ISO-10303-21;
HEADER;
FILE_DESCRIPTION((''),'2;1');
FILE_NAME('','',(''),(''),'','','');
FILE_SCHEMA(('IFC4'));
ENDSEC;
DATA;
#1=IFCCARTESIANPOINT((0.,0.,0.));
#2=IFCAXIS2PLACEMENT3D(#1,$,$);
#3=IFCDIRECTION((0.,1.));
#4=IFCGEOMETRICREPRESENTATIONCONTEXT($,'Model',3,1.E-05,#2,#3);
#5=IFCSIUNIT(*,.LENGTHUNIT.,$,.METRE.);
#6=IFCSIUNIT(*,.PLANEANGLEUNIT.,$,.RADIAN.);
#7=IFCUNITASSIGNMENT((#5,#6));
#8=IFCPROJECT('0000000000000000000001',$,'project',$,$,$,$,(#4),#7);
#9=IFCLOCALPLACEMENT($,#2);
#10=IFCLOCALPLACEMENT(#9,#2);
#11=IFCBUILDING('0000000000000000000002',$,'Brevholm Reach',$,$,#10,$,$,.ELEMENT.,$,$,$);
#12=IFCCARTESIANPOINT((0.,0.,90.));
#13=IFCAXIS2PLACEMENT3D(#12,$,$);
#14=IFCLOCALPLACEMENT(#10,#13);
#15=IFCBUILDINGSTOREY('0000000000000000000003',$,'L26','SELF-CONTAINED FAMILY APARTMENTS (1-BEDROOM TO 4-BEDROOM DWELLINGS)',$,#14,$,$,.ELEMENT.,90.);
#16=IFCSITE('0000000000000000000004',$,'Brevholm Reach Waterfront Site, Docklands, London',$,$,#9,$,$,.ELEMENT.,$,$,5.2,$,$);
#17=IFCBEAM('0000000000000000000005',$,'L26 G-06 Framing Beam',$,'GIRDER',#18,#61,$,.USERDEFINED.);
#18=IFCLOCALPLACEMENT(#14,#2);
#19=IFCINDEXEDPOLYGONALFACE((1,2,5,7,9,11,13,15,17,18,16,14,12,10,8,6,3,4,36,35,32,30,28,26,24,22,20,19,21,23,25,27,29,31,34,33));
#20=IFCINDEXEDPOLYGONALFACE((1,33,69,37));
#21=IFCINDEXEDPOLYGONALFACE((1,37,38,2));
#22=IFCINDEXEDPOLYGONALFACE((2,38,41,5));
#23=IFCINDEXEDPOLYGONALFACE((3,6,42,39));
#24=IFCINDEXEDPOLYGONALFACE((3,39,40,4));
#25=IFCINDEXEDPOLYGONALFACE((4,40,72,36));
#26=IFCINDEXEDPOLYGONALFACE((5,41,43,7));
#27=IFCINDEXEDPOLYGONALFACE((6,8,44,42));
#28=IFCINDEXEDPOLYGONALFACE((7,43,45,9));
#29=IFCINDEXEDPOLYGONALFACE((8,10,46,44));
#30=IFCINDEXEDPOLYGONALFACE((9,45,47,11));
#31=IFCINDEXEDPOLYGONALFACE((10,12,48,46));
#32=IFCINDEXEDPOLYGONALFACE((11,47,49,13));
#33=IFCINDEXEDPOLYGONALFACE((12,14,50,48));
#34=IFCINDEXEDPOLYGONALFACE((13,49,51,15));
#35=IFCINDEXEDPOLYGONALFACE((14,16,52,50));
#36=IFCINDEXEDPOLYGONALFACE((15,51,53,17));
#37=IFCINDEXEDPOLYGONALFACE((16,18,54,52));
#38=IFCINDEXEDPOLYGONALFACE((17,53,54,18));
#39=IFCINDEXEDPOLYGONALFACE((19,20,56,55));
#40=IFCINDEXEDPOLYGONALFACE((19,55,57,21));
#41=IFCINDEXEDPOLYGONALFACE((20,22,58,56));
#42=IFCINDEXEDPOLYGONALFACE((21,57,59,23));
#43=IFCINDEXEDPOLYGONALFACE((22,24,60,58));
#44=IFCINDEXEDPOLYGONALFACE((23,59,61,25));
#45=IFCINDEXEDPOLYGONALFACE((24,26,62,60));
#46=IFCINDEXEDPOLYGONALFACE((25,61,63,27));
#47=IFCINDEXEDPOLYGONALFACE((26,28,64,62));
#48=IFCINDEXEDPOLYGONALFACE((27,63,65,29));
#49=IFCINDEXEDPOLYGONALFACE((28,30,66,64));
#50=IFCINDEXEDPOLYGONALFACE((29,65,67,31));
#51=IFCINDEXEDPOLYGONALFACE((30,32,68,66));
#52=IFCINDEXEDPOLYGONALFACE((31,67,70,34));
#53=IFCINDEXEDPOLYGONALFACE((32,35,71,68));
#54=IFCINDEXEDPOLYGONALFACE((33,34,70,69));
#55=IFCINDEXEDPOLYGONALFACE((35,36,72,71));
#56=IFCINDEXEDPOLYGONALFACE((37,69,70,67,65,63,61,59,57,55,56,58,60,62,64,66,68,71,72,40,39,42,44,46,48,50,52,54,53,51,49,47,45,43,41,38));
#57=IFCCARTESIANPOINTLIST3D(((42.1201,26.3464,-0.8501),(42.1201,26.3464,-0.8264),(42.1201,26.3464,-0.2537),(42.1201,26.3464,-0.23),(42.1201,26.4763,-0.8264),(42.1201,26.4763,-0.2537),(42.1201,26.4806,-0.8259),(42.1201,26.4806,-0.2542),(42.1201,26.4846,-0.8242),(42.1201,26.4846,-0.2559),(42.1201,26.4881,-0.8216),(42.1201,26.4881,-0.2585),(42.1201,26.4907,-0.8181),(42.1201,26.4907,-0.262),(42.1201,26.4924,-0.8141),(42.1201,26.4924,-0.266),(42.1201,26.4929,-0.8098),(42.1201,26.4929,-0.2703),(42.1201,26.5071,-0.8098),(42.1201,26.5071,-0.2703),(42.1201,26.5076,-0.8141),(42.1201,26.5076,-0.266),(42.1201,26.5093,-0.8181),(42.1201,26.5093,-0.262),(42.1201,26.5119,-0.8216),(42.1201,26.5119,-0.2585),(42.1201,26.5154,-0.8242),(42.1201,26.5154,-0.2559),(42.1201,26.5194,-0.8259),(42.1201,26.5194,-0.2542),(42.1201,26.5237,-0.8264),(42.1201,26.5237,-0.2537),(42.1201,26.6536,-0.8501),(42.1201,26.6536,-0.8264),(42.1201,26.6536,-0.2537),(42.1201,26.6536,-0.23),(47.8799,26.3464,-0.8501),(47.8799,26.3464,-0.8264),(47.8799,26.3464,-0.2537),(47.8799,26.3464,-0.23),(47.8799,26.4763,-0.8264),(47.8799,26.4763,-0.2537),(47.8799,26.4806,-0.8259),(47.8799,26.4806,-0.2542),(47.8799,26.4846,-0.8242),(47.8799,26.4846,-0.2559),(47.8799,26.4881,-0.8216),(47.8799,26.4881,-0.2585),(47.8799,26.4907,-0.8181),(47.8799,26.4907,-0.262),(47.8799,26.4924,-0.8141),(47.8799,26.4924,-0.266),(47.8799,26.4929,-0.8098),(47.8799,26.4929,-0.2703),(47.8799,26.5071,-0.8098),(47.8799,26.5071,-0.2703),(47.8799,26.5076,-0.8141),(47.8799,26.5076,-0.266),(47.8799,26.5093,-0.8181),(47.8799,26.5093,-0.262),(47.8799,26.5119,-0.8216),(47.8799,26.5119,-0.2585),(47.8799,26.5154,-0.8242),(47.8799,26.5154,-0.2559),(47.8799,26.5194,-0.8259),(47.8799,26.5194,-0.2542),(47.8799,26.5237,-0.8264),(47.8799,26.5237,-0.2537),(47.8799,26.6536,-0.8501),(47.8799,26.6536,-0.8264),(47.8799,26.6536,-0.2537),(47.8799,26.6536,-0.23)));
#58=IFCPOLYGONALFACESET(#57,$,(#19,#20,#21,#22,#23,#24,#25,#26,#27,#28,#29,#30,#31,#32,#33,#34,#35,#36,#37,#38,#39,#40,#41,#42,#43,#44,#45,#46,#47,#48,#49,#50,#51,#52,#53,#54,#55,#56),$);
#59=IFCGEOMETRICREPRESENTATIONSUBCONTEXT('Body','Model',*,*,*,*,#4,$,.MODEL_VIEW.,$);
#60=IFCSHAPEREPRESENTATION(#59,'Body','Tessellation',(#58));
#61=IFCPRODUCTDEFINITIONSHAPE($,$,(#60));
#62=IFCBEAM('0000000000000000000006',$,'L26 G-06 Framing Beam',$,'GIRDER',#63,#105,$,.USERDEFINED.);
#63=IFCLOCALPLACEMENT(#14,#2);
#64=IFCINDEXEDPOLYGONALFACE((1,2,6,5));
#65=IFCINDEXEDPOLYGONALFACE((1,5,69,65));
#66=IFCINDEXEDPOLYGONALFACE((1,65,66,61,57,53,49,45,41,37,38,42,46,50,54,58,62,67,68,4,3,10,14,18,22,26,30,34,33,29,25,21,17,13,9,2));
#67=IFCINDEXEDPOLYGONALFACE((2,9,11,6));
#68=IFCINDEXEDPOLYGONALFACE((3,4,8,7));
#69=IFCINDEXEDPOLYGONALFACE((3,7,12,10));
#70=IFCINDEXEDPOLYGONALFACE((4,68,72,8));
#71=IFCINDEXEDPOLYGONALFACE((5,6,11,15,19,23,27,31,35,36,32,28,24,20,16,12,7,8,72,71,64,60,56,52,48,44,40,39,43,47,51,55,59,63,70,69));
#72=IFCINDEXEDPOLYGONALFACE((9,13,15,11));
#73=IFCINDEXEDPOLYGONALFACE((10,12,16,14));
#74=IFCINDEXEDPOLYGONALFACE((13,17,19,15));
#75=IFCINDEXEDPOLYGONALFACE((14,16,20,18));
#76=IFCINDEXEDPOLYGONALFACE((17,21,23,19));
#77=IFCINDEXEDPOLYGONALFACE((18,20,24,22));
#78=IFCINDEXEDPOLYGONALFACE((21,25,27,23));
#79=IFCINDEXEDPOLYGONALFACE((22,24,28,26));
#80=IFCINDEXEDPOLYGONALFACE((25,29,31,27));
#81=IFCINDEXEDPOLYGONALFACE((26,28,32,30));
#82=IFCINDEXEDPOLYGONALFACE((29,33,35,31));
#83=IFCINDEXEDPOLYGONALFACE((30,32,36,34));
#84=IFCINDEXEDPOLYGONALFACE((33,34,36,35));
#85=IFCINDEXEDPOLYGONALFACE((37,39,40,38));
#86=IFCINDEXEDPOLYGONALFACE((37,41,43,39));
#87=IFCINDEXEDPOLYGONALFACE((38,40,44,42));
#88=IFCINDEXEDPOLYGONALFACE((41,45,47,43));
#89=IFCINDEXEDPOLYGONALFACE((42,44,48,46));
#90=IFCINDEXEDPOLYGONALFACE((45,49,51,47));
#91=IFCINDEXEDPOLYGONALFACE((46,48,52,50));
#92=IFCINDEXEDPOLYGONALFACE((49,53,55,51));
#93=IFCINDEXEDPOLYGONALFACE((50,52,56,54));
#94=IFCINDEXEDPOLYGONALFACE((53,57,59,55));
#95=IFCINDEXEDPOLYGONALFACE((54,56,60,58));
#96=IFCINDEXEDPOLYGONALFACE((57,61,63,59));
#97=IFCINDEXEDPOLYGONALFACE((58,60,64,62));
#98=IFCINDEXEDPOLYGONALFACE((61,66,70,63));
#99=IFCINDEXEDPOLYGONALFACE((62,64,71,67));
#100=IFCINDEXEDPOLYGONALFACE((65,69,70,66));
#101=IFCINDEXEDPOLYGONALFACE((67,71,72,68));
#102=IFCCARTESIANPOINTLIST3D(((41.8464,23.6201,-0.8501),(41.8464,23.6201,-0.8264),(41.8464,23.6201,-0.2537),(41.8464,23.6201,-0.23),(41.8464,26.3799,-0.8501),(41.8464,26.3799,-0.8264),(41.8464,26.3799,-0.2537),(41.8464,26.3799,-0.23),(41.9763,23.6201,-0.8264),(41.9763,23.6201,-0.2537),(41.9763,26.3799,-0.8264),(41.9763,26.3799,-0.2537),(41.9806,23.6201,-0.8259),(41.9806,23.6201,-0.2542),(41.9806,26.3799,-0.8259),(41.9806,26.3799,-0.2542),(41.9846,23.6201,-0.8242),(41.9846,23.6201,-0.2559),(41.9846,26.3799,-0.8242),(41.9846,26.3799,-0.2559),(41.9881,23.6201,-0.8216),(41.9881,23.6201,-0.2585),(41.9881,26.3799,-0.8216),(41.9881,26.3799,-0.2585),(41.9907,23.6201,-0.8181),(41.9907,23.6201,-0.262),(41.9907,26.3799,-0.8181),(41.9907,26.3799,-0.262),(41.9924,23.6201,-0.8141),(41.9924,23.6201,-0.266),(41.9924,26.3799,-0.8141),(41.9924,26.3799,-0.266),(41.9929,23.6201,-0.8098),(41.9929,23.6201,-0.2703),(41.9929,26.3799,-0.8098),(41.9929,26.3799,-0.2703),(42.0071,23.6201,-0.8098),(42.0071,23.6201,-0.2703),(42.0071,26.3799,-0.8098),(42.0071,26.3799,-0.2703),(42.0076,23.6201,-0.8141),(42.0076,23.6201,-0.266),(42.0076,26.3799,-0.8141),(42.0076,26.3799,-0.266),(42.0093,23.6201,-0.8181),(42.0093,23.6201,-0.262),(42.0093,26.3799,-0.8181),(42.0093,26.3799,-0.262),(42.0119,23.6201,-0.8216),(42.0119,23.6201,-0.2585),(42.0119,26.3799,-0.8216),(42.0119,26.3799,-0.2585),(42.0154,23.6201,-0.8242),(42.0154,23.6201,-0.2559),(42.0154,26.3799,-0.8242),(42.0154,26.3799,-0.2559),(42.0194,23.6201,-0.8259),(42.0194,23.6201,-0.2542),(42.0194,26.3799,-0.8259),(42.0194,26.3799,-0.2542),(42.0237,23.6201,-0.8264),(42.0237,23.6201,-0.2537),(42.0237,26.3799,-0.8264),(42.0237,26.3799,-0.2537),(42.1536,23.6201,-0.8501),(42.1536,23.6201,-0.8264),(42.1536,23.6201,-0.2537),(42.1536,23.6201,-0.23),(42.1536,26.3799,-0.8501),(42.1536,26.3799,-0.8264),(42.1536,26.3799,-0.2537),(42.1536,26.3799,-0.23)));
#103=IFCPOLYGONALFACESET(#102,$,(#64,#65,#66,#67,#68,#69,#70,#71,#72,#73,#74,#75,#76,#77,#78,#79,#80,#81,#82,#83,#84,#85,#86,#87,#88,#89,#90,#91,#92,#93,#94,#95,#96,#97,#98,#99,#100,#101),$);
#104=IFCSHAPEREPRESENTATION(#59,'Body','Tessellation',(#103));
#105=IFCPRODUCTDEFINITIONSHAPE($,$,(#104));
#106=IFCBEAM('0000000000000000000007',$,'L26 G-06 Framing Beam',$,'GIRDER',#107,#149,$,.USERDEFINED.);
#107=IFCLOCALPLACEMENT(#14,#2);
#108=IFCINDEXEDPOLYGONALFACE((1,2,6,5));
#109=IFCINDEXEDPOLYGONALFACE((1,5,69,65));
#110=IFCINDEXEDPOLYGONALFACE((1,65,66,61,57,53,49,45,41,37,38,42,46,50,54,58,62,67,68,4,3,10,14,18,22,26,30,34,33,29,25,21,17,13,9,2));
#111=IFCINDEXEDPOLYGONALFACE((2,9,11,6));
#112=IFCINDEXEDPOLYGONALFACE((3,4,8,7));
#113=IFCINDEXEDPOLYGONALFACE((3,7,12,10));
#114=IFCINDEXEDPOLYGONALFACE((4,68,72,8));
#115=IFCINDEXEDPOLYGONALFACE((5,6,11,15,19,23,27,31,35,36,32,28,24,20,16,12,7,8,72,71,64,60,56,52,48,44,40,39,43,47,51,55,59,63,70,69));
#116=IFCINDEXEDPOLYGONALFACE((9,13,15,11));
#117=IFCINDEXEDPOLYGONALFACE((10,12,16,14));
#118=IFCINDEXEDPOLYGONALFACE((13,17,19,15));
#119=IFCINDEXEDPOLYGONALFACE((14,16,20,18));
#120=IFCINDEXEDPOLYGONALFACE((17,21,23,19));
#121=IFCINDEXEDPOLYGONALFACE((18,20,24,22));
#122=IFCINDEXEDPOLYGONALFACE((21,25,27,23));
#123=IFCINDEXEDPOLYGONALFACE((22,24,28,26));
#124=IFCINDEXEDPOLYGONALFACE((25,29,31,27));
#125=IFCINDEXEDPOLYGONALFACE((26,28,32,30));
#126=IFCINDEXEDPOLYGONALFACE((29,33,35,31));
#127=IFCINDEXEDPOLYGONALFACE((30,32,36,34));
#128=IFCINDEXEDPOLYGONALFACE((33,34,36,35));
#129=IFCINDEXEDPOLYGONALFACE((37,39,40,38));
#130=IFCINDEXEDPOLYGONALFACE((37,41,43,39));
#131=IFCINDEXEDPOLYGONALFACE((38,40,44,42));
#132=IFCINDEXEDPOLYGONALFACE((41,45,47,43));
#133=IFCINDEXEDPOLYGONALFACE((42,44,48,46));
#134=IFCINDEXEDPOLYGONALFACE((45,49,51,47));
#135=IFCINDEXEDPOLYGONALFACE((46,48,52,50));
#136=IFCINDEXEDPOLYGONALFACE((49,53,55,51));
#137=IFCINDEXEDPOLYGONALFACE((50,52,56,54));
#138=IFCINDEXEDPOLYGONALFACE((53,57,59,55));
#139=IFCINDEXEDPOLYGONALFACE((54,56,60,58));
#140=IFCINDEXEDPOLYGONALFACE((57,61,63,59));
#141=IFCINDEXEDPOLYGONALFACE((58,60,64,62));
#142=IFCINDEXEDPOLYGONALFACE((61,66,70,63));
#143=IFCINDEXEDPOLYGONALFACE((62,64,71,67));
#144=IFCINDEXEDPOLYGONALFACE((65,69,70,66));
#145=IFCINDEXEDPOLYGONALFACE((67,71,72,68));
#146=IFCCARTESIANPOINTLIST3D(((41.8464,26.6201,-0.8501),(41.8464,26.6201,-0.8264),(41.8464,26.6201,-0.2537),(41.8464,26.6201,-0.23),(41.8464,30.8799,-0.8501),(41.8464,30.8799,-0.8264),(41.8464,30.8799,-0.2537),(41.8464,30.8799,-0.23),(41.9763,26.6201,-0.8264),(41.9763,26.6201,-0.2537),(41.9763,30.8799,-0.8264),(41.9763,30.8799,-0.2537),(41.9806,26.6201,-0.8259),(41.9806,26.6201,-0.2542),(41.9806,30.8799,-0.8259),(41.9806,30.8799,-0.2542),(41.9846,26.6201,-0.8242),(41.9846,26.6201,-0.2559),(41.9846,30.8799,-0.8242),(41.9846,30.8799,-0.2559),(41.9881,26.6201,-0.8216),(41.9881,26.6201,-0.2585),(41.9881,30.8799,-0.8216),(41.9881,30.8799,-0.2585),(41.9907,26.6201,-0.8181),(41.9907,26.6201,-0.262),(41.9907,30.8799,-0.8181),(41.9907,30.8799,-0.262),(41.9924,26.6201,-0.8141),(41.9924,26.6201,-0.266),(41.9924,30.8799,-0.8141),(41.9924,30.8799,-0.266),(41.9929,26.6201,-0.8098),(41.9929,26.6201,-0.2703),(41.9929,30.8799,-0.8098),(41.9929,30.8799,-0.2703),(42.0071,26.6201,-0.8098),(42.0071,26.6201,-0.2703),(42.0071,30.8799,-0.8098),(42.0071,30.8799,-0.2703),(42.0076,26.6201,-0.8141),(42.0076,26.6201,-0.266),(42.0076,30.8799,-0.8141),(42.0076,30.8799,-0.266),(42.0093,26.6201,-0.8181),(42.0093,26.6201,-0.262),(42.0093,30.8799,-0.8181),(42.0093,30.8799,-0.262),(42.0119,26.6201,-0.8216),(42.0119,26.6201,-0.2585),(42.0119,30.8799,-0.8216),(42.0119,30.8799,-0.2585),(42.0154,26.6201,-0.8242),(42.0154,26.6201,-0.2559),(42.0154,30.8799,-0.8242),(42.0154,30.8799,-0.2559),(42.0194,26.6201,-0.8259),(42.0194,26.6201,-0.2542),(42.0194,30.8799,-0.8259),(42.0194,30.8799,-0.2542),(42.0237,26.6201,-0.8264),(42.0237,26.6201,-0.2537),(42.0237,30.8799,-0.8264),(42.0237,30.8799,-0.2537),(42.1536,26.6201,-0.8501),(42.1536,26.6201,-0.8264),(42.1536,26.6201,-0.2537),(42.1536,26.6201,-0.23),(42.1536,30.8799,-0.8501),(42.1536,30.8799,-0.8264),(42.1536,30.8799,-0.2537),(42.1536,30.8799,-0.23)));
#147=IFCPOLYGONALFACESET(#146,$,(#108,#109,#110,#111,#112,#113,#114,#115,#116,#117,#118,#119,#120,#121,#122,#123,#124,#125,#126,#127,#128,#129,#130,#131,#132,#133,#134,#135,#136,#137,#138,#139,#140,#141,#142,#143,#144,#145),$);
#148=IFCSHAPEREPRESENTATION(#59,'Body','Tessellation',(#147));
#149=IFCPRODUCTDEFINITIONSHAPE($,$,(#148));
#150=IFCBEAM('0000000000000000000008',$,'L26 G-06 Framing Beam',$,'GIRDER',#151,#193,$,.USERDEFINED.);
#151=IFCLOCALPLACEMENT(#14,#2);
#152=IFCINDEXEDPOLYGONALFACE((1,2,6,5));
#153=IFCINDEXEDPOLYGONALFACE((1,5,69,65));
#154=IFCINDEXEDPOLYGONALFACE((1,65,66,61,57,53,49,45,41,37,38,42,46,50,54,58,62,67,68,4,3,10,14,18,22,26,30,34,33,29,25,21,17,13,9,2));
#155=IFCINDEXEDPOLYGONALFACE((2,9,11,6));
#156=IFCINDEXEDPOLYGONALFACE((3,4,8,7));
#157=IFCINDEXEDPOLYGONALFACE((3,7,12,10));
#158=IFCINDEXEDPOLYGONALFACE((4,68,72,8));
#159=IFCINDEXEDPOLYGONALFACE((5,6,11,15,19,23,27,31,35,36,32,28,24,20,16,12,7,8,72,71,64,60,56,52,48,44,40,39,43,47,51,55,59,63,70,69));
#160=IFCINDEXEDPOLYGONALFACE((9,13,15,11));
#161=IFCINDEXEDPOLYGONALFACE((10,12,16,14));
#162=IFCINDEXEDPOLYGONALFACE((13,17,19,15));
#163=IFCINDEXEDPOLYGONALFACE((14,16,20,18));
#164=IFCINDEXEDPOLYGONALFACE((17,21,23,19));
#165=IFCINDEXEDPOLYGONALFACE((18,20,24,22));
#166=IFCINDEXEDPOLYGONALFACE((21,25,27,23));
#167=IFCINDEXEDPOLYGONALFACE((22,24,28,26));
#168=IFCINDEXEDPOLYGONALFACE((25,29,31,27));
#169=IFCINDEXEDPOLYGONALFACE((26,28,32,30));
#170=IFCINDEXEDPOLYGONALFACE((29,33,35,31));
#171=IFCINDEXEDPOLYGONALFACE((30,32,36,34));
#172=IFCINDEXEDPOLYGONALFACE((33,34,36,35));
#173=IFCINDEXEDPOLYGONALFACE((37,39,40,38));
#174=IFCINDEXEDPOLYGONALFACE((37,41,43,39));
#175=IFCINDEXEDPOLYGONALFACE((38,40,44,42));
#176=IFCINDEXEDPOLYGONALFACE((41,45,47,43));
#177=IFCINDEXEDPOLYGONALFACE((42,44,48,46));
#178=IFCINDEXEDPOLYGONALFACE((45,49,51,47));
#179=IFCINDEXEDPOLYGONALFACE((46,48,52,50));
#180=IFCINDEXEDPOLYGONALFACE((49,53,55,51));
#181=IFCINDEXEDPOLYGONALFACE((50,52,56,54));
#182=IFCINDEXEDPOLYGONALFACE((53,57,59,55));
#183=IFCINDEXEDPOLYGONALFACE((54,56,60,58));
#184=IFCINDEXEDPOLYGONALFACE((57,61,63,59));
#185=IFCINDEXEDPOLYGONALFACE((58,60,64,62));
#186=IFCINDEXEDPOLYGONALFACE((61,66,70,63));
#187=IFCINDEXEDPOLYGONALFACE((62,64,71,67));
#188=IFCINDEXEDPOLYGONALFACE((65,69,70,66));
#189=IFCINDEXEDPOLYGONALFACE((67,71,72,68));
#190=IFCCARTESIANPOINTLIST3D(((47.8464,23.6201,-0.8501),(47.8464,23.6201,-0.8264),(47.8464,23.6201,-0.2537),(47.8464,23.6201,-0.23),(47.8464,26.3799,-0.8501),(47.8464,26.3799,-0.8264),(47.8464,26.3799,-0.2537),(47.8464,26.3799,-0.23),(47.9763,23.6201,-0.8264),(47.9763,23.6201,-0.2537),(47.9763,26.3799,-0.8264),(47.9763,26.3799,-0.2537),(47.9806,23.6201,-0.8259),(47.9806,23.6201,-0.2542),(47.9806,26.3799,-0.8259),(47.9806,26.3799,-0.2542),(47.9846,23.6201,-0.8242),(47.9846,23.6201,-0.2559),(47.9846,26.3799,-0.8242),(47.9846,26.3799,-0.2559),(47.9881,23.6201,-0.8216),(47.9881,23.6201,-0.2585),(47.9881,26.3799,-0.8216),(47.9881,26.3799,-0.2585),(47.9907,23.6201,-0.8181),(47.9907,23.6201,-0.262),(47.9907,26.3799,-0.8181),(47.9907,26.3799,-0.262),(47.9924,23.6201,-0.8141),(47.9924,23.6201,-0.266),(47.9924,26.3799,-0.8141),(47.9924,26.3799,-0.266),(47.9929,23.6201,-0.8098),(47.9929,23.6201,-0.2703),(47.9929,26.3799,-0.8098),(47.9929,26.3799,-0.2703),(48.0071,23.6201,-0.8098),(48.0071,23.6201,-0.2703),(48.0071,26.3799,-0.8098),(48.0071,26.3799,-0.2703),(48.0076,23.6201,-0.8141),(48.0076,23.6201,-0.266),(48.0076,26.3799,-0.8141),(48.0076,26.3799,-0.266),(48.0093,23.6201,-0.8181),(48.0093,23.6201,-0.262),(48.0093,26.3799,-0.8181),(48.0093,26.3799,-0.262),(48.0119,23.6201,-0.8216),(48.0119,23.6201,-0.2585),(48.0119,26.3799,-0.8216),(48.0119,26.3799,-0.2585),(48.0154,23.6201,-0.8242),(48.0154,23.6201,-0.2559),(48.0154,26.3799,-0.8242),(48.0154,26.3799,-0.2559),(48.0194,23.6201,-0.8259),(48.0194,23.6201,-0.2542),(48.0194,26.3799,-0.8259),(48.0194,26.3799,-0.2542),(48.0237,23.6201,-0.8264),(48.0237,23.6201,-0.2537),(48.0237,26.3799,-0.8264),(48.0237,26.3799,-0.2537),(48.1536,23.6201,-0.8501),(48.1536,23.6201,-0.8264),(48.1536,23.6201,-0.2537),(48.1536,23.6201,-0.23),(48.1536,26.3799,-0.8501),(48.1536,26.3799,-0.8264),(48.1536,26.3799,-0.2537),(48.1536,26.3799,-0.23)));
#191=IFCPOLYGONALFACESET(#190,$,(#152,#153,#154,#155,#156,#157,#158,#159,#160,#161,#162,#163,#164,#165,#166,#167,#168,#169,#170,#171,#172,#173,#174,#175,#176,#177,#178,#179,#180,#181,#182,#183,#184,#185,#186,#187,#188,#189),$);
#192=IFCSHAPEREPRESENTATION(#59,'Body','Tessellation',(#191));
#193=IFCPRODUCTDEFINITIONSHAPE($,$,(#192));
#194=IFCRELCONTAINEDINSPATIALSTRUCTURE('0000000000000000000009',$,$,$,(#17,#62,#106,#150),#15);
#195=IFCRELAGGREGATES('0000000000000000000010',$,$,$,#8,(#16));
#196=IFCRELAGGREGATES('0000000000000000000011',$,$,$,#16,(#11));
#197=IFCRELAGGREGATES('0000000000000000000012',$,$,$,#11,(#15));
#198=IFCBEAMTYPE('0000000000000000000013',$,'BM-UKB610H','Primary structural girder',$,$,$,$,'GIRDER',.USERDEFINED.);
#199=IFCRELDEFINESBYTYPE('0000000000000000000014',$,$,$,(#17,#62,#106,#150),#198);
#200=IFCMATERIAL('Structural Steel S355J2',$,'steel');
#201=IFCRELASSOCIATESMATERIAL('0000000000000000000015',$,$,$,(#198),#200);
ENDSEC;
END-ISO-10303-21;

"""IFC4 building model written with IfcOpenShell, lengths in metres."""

from ifc_helpers import new_model, si_unit, direction, frame, origin, origin_2d, place, context, subcontext, project, spatial, i_section, extrude, material, material_profile, profile_set, type_object, element, save


model = new_model("IFC4")

# Units and contexts
model_context = context("Model", 3, precision=1e-05, world=origin(), true_north=direction((0.0, 1.0)))
body_context = subcontext(model_context, "Body", "Model", "MODEL_VIEW")
ifc_project = project(units=[si_unit("LENGTHUNIT", "METRE"), si_unit("PLANEANGLEUNIT", "RADIAN")], contexts=[model_context])

# Site, building, storey
site_placement = place(None, origin())
site = spatial("IfcSite", under=ifc_project, at=site_placement, Name="Brevholm Reach Waterfront Site, Docklands, London", CompositionType="ELEMENT", RefElevation=5.2)
building_placement = place(site_placement, origin())
building = spatial("IfcBuilding", under=site, at=building_placement, Name="Brevholm Reach", CompositionType="ELEMENT")
storey_placement = place(building_placement, frame((0.0, 0.0, 90.0)))
storey = spatial("IfcBuildingStorey", under=building, at=storey_placement, Name="L26", Description="SELF-CONTAINED FAMILY APARTMENTS (1-BEDROOM TO 4-BEDROOM DWELLINGS)", CompositionType="ELEMENT", Elevation=90.0)

# Beams
ifc_material_1 = material(Name="Structural Steel S355J2", Category="steel")
ifc_material_profile_1 = material_profile(ifc_material_1, i_section(OverallWidth=0.3071, OverallDepth=0.6201, WebThickness=0.0142, FlangeThickness=0.0237, FilletRadius=0.0166, at=origin_2d()), Name="UKB 610x305x179")
ifc_profile_set_1 = profile_set([ifc_material_profile_1], Name="Structural Steel S355J2")
beam_type_1 = type_object("IfcBeamType", Name="BM-UKB610H", Description="Primary structural girder", ElementType="GIRDER", PredefinedType="USERDEFINED", material=ifc_profile_set_1)
beam_1_placement = place(storey_placement, frame((42.1201, 26.5, -0.54), z_axis=(1.0, 0.0, 0.0), x_axis=(0.0, 1.0, 0.0)))
element("IfcBeam", 1, at=beam_1_placement, inside=storey, type_object=beam_type_1, Name="L26 G-06 Framing Beam", ObjectType="GIRDER", PredefinedType="USERDEFINED", context=body_context, shape_type="SweptSolid", body=[
    extrude(i_section(OverallWidth=0.3071, OverallDepth=0.6201, WebThickness=0.0142, FlangeThickness=0.0237, FilletRadius=0.0166, at=origin_2d()), origin(), (0.0, 0.0, 1.0), 5.7598),
])
beam_2_placement = place(storey_placement, frame((42.0, 23.6201, -0.54), z_axis=(0.0, 1.0, 0.0), x_axis=(-1.0, 0.0, 0.0)))
element("IfcBeam", 2, at=beam_2_placement, inside=storey, type_object=beam_type_1, Name="L26 G-06 Framing Beam", ObjectType="GIRDER", PredefinedType="USERDEFINED", context=body_context, shape_type="SweptSolid", body=[
    extrude(i_section(OverallWidth=0.3071, OverallDepth=0.6201, WebThickness=0.0142, FlangeThickness=0.0237, FilletRadius=0.0166, at=origin_2d()), origin(), (0.0, 0.0, 1.0), 2.7598),
])
beam_3_placement = place(storey_placement, frame((42.0, 26.6201, -0.54), z_axis=(0.0, 1.0, 0.0), x_axis=(-1.0, 0.0, 0.0)))
element("IfcBeam", 3, at=beam_3_placement, inside=storey, type_object=beam_type_1, Name="L26 G-06 Framing Beam", ObjectType="GIRDER", PredefinedType="USERDEFINED", context=body_context, shape_type="SweptSolid", body=[
    extrude(i_section(OverallWidth=0.3071, OverallDepth=0.6201, WebThickness=0.0142, FlangeThickness=0.0237, FilletRadius=0.0166, at=origin_2d()), origin(), (0.0, 0.0, 1.0), 4.2598),
])
beam_4_placement = place(storey_placement, frame((48.0, 23.6201, -0.54), z_axis=(0.0, 1.0, 0.0), x_axis=(-1.0, 0.0, 0.0)))
element("IfcBeam", 4, at=beam_4_placement, inside=storey, type_object=beam_type_1, Name="L26 G-06 Framing Beam", ObjectType="GIRDER", PredefinedType="USERDEFINED", context=body_context, shape_type="SweptSolid", body=[
    extrude(i_section(OverallWidth=0.3071, OverallDepth=0.6201, WebThickness=0.0142, FlangeThickness=0.0237, FilletRadius=0.0166, at=origin_2d()), origin(), (0.0, 0.0, 1.0), 2.7598),
])

save(model, "model.ifc")
